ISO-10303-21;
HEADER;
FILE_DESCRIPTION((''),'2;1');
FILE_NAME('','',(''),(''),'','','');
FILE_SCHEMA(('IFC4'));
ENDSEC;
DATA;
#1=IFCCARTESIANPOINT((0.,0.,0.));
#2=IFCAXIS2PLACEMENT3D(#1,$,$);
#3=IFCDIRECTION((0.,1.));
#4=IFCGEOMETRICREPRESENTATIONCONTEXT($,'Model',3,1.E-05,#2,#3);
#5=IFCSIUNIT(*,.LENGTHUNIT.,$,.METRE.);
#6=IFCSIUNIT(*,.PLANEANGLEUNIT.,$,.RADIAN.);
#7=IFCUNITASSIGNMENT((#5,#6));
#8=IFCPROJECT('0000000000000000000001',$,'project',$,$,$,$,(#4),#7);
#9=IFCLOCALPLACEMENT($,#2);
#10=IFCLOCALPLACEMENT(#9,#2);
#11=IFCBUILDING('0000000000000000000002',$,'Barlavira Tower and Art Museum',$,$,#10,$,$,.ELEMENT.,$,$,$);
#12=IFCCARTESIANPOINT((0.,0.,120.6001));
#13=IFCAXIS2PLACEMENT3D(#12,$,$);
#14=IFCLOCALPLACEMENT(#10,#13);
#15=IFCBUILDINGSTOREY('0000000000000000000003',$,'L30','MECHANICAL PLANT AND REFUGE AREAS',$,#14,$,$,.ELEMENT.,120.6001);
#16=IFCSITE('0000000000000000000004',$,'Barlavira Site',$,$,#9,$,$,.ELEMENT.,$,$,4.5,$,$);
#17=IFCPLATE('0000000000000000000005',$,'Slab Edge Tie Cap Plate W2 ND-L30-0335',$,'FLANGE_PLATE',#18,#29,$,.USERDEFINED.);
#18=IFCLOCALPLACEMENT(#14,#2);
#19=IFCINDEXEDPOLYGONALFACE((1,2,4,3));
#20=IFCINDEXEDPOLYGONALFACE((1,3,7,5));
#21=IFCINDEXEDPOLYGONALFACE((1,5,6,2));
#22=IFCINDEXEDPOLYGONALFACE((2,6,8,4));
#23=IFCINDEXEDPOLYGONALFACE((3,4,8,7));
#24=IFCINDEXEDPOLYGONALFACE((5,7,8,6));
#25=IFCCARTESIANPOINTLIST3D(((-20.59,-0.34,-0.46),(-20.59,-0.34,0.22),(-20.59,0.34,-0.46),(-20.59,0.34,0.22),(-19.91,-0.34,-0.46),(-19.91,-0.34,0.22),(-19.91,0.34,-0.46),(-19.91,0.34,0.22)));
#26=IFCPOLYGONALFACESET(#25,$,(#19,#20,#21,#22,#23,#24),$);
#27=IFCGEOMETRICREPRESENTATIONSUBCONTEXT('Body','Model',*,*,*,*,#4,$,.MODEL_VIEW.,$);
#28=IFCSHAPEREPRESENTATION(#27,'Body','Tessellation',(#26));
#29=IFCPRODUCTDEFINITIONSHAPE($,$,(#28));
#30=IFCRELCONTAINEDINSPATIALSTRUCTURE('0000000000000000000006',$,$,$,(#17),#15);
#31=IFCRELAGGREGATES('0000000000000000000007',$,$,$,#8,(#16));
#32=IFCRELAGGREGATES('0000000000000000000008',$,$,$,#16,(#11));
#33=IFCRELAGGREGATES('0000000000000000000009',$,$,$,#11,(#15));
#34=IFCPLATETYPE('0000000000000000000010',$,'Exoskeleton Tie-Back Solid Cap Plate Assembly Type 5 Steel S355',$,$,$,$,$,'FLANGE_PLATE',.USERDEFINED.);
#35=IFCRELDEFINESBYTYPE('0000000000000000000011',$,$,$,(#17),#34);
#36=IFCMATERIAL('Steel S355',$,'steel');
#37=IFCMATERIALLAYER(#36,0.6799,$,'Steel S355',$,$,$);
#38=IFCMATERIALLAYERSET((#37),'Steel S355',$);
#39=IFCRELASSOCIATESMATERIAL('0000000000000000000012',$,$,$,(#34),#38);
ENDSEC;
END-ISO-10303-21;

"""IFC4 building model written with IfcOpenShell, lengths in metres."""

from ifc_helpers import new_model, si_unit, direction, frame, origin, origin_2d, place, context, subcontext, project, spatial, rectangle, extrude, material, layer, layer_set, type_object, element, save


model = new_model("IFC4")

# Units and contexts
model_context = context("Model", 3, precision=1e-05, world=origin(), true_north=direction((0.0, 1.0)))
body_context = subcontext(model_context, "Body", "Model", "MODEL_VIEW")
ifc_project = project(units=[si_unit("LENGTHUNIT", "METRE"), si_unit("PLANEANGLEUNIT", "RADIAN")], contexts=[model_context])

# Site, building, storey
site_placement = place(None, origin())
site = spatial("IfcSite", under=ifc_project, at=site_placement, Name="Barlavira Site", CompositionType="ELEMENT", RefElevation=4.5)
building_placement = place(site_placement, origin())
building = spatial("IfcBuilding", under=site, at=building_placement, Name="Barlavira Tower and Art Museum", CompositionType="ELEMENT")
storey_placement = place(building_placement, frame((0.0, 0.0, 120.6001)))
storey = spatial("IfcBuildingStorey", under=building, at=storey_placement, Name="L30", Description="MECHANICAL PLANT AND REFUGE AREAS", CompositionType="ELEMENT", Elevation=120.6001)

# Shared definitions
ifc_material_1 = material(Name="Steel S355", Category="steel")

# Plate
ifc_layer_1 = layer(ifc_material_1, 0.6799, Name="Steel S355")
ifc_layer_set_1 = layer_set([ifc_layer_1], Name="Steel S355")
plate_type_1 = type_object("IfcPlateType", Name="Exoskeleton Tie-Back Solid Cap Plate Assembly Type 5 Steel S355", ElementType="FLANGE_PLATE", PredefinedType="USERDEFINED", material=ifc_layer_set_1)
for number, where, z_axis, x_axis, name in (
    (1, (-20.25, 0.0, -0.46), (0.0, 0.0, 1.0), (1.0, 0.0, 0.0), "Slab Edge Tie Cap Plate W2 ND-L30-0335"),
):
    element("IfcPlate", number, at=place(storey_placement, frame(where, z_axis=z_axis, x_axis=x_axis)), inside=storey, type_object=plate_type_1, Name=name, ObjectType="FLANGE_PLATE", PredefinedType="USERDEFINED", context=body_context, shape_type="SweptSolid", body=[
        extrude(rectangle(XDim=0.6799, YDim=0.6799, at=origin_2d()), origin(), (0.0, 0.0, 1.0), 0.6799),
    ])

save(model, "model.ifc")
